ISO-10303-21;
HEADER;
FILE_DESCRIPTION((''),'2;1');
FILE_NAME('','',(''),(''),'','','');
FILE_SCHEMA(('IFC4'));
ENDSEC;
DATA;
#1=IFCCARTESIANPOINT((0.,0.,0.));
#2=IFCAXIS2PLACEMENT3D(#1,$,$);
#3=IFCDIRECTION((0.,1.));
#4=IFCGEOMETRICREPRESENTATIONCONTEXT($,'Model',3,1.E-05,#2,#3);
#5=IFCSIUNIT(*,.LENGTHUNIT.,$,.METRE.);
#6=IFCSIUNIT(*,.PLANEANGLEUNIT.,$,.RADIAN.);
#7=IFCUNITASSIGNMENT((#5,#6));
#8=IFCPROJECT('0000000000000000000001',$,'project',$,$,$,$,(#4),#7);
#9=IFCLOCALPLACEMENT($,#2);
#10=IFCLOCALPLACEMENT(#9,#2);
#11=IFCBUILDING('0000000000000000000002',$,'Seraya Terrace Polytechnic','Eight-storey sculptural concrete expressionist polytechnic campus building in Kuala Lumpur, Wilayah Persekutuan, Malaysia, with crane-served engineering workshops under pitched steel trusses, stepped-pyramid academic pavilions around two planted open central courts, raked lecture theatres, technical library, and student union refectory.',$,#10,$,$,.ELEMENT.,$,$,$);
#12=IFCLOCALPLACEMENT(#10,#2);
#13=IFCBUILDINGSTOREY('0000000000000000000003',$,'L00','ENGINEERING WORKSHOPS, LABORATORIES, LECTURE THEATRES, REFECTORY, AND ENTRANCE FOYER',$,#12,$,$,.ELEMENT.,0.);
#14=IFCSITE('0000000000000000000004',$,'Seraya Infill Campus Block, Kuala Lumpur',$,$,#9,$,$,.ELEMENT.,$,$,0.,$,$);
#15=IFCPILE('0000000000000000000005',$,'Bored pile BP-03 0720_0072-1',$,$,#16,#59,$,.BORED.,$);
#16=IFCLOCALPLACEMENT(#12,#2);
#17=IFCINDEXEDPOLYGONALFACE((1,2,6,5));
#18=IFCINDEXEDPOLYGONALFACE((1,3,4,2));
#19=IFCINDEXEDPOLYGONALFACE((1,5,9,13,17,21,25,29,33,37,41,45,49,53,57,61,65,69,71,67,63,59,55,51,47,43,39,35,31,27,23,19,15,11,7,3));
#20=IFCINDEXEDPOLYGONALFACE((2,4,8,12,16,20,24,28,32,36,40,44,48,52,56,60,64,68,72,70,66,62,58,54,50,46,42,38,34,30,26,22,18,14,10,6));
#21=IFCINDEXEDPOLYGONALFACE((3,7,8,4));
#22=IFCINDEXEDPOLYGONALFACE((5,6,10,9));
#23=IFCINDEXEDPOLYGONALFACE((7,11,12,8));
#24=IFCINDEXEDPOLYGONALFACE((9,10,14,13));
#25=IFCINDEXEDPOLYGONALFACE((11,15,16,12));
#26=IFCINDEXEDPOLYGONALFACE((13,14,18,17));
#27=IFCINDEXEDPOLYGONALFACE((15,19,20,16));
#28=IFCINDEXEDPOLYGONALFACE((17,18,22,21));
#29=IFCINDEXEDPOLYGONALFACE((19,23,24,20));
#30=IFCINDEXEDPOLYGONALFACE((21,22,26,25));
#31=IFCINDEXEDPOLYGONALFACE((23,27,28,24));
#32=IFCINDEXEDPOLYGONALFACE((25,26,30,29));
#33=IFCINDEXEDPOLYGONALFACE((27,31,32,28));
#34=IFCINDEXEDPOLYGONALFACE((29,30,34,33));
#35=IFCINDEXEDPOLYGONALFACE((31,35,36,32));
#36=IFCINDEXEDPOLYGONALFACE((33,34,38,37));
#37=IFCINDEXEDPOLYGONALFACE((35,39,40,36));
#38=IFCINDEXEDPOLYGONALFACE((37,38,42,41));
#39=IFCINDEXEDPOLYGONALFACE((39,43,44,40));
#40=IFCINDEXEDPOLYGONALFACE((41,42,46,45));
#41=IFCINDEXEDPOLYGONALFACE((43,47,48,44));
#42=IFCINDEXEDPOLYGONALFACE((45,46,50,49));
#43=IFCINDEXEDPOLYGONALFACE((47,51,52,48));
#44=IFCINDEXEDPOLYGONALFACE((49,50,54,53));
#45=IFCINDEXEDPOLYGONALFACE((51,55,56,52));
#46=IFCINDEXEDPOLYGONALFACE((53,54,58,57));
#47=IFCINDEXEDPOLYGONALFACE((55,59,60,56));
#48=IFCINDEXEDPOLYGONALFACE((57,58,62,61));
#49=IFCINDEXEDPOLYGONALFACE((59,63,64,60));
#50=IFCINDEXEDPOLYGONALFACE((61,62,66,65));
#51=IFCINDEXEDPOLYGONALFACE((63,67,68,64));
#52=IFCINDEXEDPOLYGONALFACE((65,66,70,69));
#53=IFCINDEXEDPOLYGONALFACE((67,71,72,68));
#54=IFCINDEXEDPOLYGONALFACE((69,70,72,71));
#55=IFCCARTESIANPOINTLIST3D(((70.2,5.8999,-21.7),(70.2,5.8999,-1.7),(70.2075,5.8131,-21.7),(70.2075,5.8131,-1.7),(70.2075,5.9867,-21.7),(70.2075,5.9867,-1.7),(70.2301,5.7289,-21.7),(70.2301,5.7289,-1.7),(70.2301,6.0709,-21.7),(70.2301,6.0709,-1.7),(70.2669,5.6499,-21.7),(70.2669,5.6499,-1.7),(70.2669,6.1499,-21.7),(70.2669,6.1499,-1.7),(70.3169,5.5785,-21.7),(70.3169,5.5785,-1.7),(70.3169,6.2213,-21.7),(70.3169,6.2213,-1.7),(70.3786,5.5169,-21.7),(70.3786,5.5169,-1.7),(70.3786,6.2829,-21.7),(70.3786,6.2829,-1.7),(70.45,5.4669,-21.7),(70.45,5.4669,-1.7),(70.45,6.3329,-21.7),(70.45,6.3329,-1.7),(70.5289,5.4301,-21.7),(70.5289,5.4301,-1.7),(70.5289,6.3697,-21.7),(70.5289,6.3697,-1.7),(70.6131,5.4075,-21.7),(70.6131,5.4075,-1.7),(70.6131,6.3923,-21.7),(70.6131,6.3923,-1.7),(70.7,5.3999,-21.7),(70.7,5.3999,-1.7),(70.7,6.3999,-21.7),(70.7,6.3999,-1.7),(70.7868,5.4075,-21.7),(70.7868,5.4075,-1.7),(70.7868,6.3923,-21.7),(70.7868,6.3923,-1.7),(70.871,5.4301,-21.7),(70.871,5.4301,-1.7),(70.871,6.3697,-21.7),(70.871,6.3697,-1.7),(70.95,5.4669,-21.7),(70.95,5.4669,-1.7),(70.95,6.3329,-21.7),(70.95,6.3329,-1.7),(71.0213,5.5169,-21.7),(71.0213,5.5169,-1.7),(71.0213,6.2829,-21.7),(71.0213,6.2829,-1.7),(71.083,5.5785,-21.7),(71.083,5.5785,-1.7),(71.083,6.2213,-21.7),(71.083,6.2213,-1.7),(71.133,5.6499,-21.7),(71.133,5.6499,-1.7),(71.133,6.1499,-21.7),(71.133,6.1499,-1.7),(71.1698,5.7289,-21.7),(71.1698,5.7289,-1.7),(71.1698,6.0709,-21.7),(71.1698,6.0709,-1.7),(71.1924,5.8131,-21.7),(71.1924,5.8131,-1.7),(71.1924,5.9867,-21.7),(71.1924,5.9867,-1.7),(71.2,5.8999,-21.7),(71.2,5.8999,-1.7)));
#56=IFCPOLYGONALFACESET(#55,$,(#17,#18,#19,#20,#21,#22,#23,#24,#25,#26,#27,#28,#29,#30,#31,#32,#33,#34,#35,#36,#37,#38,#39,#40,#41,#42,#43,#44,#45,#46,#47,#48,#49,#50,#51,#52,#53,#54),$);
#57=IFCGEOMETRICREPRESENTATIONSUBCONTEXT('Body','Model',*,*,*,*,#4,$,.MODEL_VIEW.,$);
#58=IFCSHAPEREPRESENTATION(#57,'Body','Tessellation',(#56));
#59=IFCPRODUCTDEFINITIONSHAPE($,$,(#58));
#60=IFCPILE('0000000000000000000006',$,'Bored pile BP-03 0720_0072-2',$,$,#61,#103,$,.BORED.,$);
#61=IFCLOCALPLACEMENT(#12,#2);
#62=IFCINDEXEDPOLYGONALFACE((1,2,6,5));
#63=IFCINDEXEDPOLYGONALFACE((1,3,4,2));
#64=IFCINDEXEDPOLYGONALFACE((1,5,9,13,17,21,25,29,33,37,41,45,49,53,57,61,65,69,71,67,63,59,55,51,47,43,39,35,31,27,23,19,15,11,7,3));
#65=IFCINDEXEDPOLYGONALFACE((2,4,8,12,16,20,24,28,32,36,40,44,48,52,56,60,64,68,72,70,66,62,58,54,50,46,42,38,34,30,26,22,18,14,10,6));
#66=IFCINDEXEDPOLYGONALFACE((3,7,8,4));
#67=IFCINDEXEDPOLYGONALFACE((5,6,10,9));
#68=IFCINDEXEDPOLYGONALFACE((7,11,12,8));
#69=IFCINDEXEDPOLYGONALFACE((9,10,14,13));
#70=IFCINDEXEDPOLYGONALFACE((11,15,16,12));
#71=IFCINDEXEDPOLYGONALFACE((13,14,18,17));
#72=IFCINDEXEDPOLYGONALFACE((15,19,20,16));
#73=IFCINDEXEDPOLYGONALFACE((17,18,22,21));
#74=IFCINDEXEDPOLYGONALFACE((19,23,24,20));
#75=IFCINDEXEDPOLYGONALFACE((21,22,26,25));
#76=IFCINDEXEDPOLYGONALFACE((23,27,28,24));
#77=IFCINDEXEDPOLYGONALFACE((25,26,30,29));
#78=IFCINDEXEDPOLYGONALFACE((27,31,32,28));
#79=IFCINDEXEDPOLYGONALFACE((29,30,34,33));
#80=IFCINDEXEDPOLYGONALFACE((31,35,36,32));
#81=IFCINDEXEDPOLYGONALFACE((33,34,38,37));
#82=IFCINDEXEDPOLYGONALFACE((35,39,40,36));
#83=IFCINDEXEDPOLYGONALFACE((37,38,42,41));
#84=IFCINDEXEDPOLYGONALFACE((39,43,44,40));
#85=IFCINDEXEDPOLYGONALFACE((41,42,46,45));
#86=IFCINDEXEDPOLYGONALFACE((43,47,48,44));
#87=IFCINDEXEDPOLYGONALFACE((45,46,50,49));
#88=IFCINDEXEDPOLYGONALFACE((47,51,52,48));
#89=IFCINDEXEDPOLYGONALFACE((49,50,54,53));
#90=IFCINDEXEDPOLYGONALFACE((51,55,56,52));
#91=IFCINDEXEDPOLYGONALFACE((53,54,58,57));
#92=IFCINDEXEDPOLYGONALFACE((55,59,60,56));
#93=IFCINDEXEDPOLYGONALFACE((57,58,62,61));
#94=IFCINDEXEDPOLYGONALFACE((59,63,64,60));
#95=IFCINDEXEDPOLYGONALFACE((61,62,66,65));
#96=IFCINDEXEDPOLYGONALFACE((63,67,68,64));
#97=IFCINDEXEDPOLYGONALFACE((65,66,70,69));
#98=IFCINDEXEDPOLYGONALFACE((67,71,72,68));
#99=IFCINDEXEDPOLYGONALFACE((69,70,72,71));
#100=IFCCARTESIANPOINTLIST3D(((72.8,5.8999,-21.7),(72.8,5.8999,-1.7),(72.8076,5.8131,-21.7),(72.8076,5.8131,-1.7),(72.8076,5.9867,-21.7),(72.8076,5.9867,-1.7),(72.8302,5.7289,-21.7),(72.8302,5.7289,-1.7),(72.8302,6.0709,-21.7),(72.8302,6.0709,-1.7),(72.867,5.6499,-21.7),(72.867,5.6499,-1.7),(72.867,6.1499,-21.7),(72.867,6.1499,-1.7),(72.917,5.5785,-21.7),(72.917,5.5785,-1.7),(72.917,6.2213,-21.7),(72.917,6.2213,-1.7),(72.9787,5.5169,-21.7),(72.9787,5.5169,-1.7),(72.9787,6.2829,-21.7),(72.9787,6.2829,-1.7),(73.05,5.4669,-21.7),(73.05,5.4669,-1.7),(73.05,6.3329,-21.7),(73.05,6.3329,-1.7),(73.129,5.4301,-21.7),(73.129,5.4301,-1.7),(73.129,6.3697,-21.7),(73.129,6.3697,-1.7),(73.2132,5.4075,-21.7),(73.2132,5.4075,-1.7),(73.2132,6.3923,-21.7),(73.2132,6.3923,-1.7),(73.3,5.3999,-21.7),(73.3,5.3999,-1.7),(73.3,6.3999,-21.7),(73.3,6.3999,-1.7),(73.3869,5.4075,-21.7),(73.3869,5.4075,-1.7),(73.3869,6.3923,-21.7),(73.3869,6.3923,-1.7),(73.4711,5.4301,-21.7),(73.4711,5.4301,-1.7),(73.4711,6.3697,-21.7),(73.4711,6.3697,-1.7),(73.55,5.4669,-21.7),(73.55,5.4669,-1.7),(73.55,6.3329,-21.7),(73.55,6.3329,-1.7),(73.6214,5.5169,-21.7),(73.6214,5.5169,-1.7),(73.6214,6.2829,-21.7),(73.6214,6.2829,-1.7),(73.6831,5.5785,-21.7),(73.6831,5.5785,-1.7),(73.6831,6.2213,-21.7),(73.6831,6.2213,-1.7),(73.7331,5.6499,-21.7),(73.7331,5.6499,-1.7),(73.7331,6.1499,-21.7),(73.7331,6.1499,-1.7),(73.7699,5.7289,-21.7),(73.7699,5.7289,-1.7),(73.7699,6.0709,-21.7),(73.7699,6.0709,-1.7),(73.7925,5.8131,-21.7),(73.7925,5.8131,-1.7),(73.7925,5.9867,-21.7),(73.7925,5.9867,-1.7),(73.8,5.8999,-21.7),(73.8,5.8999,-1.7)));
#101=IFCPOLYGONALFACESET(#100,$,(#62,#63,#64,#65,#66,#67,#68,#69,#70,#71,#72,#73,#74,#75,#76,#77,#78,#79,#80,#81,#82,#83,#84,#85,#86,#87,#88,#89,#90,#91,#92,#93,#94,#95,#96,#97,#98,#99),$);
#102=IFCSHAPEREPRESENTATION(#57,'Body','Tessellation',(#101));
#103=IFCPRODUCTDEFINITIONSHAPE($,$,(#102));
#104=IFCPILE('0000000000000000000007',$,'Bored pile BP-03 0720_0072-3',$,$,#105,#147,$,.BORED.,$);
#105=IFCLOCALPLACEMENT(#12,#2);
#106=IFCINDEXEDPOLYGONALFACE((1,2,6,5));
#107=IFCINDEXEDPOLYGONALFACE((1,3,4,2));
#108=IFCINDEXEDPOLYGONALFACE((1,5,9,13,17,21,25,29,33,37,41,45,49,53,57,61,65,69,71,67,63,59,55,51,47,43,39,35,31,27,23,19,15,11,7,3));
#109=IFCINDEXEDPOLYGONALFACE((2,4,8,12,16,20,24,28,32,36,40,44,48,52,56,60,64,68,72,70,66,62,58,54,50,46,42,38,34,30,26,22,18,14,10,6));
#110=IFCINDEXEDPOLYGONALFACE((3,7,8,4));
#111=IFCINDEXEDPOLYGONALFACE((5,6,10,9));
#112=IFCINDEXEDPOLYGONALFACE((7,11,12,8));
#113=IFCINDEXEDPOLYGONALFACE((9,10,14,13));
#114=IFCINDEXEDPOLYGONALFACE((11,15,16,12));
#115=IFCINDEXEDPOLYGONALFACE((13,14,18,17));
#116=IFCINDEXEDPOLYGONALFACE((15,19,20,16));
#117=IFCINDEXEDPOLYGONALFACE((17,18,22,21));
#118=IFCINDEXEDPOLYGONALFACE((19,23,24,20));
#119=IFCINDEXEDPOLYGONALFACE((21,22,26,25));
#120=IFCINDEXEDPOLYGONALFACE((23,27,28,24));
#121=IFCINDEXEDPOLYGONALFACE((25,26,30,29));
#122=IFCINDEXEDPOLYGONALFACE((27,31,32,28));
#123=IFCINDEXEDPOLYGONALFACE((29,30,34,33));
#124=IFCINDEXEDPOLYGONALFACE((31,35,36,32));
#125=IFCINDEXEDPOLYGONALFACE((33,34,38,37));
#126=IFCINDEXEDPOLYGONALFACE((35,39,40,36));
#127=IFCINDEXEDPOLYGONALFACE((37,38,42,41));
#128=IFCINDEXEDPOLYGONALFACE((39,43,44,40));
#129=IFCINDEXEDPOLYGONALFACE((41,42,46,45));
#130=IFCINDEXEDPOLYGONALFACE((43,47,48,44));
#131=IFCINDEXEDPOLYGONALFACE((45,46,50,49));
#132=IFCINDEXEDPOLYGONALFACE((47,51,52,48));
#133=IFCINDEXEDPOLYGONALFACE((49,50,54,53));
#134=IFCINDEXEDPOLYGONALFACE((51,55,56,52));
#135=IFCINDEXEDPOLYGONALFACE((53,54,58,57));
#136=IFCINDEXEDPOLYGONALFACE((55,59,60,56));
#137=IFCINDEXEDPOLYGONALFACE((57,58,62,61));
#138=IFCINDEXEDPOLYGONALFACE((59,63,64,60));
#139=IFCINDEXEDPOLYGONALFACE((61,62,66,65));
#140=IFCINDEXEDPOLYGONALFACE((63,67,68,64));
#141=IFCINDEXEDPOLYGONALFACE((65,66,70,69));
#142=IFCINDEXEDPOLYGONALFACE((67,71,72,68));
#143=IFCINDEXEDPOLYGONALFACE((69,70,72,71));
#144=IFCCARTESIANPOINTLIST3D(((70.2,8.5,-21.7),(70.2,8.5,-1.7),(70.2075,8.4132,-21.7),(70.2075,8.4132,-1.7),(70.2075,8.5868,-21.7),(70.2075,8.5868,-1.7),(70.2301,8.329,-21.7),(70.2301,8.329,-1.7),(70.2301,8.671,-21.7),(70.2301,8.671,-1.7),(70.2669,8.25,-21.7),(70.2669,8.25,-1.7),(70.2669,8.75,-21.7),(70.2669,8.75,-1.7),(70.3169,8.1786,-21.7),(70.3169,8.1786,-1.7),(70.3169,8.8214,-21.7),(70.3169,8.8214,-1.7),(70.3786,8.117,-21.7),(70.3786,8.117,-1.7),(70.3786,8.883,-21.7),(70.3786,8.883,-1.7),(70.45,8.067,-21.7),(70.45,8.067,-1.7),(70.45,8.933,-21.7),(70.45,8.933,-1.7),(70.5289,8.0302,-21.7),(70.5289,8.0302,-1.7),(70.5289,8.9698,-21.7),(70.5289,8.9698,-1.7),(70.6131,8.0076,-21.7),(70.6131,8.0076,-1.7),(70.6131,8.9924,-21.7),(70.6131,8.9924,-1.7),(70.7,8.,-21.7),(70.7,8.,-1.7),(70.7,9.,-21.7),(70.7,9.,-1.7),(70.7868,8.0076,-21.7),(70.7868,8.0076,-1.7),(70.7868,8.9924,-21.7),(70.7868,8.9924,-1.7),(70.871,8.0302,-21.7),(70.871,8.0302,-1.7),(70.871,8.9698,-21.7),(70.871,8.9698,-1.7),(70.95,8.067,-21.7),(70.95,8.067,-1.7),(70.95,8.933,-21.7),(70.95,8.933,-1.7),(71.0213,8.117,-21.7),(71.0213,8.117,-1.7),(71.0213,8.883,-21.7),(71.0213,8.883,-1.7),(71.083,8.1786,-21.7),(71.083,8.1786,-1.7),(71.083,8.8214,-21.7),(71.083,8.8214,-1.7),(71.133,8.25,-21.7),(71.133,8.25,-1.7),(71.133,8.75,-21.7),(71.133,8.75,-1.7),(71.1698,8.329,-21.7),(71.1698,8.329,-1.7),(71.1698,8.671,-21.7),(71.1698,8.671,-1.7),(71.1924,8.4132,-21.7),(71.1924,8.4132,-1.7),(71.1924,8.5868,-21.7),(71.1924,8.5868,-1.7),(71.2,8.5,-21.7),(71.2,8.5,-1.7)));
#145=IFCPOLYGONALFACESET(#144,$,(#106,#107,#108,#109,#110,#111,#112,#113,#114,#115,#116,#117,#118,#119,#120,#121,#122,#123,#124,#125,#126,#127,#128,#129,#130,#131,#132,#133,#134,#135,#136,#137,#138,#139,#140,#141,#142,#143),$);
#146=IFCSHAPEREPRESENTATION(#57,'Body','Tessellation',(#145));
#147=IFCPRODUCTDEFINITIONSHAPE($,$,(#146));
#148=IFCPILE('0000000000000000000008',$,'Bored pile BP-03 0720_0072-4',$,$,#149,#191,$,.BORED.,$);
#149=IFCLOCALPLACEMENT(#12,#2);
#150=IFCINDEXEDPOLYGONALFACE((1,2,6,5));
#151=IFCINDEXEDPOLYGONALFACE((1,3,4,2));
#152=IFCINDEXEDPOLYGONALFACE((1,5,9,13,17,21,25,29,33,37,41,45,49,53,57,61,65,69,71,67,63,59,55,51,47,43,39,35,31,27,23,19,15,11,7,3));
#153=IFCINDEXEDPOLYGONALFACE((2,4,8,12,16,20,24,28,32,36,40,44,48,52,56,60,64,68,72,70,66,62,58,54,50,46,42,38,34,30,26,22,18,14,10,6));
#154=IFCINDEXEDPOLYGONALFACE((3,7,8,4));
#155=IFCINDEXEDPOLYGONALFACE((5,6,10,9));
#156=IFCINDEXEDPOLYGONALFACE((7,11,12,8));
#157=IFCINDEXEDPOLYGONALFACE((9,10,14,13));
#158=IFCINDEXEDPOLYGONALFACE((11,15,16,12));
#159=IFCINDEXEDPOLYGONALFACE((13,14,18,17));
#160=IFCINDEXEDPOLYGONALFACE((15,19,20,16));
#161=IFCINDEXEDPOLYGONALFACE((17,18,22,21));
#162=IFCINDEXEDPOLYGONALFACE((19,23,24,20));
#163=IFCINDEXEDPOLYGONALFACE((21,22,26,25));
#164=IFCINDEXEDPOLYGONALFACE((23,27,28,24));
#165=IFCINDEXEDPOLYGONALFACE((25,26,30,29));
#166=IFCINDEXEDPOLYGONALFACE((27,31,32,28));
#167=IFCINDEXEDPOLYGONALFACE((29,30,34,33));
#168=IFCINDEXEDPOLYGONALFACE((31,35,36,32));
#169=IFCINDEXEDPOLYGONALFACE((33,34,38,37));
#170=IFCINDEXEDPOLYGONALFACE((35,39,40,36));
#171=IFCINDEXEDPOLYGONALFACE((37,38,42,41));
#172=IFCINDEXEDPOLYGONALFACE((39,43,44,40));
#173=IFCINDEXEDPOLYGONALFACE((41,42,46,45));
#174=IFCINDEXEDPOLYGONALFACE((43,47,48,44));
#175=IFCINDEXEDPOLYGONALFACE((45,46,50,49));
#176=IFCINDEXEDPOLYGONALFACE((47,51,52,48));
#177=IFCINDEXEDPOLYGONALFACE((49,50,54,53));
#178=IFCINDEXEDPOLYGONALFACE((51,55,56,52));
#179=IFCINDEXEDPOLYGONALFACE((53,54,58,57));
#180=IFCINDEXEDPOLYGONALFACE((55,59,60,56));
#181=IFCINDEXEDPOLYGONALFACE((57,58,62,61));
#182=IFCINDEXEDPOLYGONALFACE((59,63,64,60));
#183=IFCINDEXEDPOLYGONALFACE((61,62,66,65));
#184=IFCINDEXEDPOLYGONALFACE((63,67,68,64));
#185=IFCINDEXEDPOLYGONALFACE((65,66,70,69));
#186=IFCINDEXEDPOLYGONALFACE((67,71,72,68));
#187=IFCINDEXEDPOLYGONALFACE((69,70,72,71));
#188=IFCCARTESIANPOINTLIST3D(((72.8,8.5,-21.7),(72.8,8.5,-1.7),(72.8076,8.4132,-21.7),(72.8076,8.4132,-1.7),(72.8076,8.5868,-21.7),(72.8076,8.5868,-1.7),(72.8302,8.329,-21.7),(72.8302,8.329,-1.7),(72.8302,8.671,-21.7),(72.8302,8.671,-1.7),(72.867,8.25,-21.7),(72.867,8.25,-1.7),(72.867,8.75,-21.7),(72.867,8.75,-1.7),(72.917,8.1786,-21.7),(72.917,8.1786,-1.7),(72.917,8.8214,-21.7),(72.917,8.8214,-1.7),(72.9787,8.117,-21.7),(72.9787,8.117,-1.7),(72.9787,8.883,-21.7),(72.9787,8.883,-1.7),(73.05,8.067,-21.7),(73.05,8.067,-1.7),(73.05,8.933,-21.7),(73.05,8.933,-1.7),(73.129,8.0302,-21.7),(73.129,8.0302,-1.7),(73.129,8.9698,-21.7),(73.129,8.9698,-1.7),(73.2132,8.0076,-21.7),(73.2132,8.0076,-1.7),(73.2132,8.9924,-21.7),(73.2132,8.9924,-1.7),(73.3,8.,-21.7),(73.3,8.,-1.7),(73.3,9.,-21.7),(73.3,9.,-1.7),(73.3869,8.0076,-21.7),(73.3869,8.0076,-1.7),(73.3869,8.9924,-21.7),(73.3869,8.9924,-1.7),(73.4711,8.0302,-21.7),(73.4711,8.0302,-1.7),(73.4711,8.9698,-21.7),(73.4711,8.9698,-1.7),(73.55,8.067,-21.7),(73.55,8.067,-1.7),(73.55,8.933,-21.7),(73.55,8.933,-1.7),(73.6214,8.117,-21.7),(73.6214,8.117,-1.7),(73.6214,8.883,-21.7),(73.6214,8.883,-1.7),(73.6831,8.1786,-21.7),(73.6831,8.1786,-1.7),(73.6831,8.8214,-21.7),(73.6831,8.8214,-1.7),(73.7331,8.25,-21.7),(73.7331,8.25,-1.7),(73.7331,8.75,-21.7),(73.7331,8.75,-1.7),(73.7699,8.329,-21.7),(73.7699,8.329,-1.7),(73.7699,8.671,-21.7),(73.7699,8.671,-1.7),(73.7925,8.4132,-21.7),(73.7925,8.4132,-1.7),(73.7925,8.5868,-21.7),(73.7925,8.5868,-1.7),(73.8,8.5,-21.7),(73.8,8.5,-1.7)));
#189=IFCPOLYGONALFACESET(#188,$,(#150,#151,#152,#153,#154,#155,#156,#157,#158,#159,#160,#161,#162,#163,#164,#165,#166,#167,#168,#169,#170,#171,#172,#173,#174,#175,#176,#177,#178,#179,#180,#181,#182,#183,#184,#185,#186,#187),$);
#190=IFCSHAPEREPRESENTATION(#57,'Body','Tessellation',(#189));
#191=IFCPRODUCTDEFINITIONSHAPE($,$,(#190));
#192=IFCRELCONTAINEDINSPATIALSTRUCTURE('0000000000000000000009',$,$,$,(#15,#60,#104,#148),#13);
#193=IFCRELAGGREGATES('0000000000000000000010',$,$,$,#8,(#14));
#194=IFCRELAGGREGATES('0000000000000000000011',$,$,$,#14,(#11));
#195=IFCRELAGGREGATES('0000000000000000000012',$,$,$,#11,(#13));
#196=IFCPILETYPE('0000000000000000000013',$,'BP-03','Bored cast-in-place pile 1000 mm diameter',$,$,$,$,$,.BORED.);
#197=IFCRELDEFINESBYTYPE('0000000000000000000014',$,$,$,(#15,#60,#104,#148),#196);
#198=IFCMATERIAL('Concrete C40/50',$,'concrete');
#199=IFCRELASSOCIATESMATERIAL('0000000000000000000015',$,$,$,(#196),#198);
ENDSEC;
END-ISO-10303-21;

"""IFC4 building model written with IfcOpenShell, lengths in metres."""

from ifc_helpers import new_model, si_unit, direction, frame, origin, origin_2d, place, context, subcontext, project, spatial, circle, extrude, material, material_profile, profile_set, type_object, element, save


model = new_model("IFC4")

# Units and contexts
model_context = context("Model", 3, precision=1e-05, world=origin(), true_north=direction((0.0, 1.0)))
body_context = subcontext(model_context, "Body", "Model", "MODEL_VIEW")
ifc_project = project(units=[si_unit("LENGTHUNIT", "METRE"), si_unit("PLANEANGLEUNIT", "RADIAN")], contexts=[model_context])

# Site, building, storey
site_placement = place(None, origin())
site = spatial("IfcSite", under=ifc_project, at=site_placement, Name="Seraya Infill Campus Block, Kuala Lumpur", CompositionType="ELEMENT", RefElevation=0.0)
building_placement = place(site_placement, origin())
building = spatial("IfcBuilding", under=site, at=building_placement, Name="Seraya Terrace Polytechnic", Description="Eight-storey sculptural concrete expressionist polytechnic campus building in Kuala Lumpur, Wilayah Persekutuan, Malaysia, with crane-served engineering workshops under pitched steel trusses, stepped-pyramid academic pavilions around two planted open central courts, raked lecture theatres, technical library, and student union refectory.", CompositionType="ELEMENT")
storey_placement = place(building_placement, origin())
storey = spatial("IfcBuildingStorey", under=building, at=storey_placement, Name="L00", Description="ENGINEERING WORKSHOPS, LABORATORIES, LECTURE THEATRES, REFECTORY, AND ENTRANCE FOYER", CompositionType="ELEMENT", Elevation=0.0)

# Piles
ifc_material_1 = material(Name="Concrete C40/50", Category="concrete")
ifc_material_profile_1 = material_profile(ifc_material_1, circle(Radius=0.5, at=origin_2d()), Name="DIA 1000")
ifc_profile_set_1 = profile_set([ifc_material_profile_1], Name="Concrete C40/50")
pile_type_1 = type_object("IfcPileType", Name="BP-03", Description="Bored cast-in-place pile 1000 mm diameter", PredefinedType="BORED", material=ifc_profile_set_1)
for number, where, z_axis, x_axis, name in (
    (1, (70.7, 5.8999, -1.7), (0.0, 0.0, -1.0), (1.0, 0.0, 0.0), "Bored pile BP-03 0720_0072-1"),
    (2, (73.3, 5.8999, -1.7), (0.0, 0.0, -1.0), (1.0, 0.0, 0.0), "Bored pile BP-03 0720_0072-2"),
    (3, (70.7, 8.5, -1.7), (0.0, 0.0, -1.0), (1.0, 0.0, 0.0), "Bored pile BP-03 0720_0072-3"),
    (4, (73.3, 8.5, -1.7), (0.0, 0.0, -1.0), (1.0, 0.0, 0.0), "Bored pile BP-03 0720_0072-4"),
):
    element("IfcPile", number, at=place(storey_placement, frame(where, z_axis=z_axis, x_axis=x_axis)), inside=storey, type_object=pile_type_1, Name=name, PredefinedType="BORED", context=body_context, shape_type="SweptSolid", body=[
        extrude(circle(Radius=0.5, at=origin_2d()), origin(), (0.0, 0.0, 1.0), 20.0),
    ])

save(model, "model.ifc")
